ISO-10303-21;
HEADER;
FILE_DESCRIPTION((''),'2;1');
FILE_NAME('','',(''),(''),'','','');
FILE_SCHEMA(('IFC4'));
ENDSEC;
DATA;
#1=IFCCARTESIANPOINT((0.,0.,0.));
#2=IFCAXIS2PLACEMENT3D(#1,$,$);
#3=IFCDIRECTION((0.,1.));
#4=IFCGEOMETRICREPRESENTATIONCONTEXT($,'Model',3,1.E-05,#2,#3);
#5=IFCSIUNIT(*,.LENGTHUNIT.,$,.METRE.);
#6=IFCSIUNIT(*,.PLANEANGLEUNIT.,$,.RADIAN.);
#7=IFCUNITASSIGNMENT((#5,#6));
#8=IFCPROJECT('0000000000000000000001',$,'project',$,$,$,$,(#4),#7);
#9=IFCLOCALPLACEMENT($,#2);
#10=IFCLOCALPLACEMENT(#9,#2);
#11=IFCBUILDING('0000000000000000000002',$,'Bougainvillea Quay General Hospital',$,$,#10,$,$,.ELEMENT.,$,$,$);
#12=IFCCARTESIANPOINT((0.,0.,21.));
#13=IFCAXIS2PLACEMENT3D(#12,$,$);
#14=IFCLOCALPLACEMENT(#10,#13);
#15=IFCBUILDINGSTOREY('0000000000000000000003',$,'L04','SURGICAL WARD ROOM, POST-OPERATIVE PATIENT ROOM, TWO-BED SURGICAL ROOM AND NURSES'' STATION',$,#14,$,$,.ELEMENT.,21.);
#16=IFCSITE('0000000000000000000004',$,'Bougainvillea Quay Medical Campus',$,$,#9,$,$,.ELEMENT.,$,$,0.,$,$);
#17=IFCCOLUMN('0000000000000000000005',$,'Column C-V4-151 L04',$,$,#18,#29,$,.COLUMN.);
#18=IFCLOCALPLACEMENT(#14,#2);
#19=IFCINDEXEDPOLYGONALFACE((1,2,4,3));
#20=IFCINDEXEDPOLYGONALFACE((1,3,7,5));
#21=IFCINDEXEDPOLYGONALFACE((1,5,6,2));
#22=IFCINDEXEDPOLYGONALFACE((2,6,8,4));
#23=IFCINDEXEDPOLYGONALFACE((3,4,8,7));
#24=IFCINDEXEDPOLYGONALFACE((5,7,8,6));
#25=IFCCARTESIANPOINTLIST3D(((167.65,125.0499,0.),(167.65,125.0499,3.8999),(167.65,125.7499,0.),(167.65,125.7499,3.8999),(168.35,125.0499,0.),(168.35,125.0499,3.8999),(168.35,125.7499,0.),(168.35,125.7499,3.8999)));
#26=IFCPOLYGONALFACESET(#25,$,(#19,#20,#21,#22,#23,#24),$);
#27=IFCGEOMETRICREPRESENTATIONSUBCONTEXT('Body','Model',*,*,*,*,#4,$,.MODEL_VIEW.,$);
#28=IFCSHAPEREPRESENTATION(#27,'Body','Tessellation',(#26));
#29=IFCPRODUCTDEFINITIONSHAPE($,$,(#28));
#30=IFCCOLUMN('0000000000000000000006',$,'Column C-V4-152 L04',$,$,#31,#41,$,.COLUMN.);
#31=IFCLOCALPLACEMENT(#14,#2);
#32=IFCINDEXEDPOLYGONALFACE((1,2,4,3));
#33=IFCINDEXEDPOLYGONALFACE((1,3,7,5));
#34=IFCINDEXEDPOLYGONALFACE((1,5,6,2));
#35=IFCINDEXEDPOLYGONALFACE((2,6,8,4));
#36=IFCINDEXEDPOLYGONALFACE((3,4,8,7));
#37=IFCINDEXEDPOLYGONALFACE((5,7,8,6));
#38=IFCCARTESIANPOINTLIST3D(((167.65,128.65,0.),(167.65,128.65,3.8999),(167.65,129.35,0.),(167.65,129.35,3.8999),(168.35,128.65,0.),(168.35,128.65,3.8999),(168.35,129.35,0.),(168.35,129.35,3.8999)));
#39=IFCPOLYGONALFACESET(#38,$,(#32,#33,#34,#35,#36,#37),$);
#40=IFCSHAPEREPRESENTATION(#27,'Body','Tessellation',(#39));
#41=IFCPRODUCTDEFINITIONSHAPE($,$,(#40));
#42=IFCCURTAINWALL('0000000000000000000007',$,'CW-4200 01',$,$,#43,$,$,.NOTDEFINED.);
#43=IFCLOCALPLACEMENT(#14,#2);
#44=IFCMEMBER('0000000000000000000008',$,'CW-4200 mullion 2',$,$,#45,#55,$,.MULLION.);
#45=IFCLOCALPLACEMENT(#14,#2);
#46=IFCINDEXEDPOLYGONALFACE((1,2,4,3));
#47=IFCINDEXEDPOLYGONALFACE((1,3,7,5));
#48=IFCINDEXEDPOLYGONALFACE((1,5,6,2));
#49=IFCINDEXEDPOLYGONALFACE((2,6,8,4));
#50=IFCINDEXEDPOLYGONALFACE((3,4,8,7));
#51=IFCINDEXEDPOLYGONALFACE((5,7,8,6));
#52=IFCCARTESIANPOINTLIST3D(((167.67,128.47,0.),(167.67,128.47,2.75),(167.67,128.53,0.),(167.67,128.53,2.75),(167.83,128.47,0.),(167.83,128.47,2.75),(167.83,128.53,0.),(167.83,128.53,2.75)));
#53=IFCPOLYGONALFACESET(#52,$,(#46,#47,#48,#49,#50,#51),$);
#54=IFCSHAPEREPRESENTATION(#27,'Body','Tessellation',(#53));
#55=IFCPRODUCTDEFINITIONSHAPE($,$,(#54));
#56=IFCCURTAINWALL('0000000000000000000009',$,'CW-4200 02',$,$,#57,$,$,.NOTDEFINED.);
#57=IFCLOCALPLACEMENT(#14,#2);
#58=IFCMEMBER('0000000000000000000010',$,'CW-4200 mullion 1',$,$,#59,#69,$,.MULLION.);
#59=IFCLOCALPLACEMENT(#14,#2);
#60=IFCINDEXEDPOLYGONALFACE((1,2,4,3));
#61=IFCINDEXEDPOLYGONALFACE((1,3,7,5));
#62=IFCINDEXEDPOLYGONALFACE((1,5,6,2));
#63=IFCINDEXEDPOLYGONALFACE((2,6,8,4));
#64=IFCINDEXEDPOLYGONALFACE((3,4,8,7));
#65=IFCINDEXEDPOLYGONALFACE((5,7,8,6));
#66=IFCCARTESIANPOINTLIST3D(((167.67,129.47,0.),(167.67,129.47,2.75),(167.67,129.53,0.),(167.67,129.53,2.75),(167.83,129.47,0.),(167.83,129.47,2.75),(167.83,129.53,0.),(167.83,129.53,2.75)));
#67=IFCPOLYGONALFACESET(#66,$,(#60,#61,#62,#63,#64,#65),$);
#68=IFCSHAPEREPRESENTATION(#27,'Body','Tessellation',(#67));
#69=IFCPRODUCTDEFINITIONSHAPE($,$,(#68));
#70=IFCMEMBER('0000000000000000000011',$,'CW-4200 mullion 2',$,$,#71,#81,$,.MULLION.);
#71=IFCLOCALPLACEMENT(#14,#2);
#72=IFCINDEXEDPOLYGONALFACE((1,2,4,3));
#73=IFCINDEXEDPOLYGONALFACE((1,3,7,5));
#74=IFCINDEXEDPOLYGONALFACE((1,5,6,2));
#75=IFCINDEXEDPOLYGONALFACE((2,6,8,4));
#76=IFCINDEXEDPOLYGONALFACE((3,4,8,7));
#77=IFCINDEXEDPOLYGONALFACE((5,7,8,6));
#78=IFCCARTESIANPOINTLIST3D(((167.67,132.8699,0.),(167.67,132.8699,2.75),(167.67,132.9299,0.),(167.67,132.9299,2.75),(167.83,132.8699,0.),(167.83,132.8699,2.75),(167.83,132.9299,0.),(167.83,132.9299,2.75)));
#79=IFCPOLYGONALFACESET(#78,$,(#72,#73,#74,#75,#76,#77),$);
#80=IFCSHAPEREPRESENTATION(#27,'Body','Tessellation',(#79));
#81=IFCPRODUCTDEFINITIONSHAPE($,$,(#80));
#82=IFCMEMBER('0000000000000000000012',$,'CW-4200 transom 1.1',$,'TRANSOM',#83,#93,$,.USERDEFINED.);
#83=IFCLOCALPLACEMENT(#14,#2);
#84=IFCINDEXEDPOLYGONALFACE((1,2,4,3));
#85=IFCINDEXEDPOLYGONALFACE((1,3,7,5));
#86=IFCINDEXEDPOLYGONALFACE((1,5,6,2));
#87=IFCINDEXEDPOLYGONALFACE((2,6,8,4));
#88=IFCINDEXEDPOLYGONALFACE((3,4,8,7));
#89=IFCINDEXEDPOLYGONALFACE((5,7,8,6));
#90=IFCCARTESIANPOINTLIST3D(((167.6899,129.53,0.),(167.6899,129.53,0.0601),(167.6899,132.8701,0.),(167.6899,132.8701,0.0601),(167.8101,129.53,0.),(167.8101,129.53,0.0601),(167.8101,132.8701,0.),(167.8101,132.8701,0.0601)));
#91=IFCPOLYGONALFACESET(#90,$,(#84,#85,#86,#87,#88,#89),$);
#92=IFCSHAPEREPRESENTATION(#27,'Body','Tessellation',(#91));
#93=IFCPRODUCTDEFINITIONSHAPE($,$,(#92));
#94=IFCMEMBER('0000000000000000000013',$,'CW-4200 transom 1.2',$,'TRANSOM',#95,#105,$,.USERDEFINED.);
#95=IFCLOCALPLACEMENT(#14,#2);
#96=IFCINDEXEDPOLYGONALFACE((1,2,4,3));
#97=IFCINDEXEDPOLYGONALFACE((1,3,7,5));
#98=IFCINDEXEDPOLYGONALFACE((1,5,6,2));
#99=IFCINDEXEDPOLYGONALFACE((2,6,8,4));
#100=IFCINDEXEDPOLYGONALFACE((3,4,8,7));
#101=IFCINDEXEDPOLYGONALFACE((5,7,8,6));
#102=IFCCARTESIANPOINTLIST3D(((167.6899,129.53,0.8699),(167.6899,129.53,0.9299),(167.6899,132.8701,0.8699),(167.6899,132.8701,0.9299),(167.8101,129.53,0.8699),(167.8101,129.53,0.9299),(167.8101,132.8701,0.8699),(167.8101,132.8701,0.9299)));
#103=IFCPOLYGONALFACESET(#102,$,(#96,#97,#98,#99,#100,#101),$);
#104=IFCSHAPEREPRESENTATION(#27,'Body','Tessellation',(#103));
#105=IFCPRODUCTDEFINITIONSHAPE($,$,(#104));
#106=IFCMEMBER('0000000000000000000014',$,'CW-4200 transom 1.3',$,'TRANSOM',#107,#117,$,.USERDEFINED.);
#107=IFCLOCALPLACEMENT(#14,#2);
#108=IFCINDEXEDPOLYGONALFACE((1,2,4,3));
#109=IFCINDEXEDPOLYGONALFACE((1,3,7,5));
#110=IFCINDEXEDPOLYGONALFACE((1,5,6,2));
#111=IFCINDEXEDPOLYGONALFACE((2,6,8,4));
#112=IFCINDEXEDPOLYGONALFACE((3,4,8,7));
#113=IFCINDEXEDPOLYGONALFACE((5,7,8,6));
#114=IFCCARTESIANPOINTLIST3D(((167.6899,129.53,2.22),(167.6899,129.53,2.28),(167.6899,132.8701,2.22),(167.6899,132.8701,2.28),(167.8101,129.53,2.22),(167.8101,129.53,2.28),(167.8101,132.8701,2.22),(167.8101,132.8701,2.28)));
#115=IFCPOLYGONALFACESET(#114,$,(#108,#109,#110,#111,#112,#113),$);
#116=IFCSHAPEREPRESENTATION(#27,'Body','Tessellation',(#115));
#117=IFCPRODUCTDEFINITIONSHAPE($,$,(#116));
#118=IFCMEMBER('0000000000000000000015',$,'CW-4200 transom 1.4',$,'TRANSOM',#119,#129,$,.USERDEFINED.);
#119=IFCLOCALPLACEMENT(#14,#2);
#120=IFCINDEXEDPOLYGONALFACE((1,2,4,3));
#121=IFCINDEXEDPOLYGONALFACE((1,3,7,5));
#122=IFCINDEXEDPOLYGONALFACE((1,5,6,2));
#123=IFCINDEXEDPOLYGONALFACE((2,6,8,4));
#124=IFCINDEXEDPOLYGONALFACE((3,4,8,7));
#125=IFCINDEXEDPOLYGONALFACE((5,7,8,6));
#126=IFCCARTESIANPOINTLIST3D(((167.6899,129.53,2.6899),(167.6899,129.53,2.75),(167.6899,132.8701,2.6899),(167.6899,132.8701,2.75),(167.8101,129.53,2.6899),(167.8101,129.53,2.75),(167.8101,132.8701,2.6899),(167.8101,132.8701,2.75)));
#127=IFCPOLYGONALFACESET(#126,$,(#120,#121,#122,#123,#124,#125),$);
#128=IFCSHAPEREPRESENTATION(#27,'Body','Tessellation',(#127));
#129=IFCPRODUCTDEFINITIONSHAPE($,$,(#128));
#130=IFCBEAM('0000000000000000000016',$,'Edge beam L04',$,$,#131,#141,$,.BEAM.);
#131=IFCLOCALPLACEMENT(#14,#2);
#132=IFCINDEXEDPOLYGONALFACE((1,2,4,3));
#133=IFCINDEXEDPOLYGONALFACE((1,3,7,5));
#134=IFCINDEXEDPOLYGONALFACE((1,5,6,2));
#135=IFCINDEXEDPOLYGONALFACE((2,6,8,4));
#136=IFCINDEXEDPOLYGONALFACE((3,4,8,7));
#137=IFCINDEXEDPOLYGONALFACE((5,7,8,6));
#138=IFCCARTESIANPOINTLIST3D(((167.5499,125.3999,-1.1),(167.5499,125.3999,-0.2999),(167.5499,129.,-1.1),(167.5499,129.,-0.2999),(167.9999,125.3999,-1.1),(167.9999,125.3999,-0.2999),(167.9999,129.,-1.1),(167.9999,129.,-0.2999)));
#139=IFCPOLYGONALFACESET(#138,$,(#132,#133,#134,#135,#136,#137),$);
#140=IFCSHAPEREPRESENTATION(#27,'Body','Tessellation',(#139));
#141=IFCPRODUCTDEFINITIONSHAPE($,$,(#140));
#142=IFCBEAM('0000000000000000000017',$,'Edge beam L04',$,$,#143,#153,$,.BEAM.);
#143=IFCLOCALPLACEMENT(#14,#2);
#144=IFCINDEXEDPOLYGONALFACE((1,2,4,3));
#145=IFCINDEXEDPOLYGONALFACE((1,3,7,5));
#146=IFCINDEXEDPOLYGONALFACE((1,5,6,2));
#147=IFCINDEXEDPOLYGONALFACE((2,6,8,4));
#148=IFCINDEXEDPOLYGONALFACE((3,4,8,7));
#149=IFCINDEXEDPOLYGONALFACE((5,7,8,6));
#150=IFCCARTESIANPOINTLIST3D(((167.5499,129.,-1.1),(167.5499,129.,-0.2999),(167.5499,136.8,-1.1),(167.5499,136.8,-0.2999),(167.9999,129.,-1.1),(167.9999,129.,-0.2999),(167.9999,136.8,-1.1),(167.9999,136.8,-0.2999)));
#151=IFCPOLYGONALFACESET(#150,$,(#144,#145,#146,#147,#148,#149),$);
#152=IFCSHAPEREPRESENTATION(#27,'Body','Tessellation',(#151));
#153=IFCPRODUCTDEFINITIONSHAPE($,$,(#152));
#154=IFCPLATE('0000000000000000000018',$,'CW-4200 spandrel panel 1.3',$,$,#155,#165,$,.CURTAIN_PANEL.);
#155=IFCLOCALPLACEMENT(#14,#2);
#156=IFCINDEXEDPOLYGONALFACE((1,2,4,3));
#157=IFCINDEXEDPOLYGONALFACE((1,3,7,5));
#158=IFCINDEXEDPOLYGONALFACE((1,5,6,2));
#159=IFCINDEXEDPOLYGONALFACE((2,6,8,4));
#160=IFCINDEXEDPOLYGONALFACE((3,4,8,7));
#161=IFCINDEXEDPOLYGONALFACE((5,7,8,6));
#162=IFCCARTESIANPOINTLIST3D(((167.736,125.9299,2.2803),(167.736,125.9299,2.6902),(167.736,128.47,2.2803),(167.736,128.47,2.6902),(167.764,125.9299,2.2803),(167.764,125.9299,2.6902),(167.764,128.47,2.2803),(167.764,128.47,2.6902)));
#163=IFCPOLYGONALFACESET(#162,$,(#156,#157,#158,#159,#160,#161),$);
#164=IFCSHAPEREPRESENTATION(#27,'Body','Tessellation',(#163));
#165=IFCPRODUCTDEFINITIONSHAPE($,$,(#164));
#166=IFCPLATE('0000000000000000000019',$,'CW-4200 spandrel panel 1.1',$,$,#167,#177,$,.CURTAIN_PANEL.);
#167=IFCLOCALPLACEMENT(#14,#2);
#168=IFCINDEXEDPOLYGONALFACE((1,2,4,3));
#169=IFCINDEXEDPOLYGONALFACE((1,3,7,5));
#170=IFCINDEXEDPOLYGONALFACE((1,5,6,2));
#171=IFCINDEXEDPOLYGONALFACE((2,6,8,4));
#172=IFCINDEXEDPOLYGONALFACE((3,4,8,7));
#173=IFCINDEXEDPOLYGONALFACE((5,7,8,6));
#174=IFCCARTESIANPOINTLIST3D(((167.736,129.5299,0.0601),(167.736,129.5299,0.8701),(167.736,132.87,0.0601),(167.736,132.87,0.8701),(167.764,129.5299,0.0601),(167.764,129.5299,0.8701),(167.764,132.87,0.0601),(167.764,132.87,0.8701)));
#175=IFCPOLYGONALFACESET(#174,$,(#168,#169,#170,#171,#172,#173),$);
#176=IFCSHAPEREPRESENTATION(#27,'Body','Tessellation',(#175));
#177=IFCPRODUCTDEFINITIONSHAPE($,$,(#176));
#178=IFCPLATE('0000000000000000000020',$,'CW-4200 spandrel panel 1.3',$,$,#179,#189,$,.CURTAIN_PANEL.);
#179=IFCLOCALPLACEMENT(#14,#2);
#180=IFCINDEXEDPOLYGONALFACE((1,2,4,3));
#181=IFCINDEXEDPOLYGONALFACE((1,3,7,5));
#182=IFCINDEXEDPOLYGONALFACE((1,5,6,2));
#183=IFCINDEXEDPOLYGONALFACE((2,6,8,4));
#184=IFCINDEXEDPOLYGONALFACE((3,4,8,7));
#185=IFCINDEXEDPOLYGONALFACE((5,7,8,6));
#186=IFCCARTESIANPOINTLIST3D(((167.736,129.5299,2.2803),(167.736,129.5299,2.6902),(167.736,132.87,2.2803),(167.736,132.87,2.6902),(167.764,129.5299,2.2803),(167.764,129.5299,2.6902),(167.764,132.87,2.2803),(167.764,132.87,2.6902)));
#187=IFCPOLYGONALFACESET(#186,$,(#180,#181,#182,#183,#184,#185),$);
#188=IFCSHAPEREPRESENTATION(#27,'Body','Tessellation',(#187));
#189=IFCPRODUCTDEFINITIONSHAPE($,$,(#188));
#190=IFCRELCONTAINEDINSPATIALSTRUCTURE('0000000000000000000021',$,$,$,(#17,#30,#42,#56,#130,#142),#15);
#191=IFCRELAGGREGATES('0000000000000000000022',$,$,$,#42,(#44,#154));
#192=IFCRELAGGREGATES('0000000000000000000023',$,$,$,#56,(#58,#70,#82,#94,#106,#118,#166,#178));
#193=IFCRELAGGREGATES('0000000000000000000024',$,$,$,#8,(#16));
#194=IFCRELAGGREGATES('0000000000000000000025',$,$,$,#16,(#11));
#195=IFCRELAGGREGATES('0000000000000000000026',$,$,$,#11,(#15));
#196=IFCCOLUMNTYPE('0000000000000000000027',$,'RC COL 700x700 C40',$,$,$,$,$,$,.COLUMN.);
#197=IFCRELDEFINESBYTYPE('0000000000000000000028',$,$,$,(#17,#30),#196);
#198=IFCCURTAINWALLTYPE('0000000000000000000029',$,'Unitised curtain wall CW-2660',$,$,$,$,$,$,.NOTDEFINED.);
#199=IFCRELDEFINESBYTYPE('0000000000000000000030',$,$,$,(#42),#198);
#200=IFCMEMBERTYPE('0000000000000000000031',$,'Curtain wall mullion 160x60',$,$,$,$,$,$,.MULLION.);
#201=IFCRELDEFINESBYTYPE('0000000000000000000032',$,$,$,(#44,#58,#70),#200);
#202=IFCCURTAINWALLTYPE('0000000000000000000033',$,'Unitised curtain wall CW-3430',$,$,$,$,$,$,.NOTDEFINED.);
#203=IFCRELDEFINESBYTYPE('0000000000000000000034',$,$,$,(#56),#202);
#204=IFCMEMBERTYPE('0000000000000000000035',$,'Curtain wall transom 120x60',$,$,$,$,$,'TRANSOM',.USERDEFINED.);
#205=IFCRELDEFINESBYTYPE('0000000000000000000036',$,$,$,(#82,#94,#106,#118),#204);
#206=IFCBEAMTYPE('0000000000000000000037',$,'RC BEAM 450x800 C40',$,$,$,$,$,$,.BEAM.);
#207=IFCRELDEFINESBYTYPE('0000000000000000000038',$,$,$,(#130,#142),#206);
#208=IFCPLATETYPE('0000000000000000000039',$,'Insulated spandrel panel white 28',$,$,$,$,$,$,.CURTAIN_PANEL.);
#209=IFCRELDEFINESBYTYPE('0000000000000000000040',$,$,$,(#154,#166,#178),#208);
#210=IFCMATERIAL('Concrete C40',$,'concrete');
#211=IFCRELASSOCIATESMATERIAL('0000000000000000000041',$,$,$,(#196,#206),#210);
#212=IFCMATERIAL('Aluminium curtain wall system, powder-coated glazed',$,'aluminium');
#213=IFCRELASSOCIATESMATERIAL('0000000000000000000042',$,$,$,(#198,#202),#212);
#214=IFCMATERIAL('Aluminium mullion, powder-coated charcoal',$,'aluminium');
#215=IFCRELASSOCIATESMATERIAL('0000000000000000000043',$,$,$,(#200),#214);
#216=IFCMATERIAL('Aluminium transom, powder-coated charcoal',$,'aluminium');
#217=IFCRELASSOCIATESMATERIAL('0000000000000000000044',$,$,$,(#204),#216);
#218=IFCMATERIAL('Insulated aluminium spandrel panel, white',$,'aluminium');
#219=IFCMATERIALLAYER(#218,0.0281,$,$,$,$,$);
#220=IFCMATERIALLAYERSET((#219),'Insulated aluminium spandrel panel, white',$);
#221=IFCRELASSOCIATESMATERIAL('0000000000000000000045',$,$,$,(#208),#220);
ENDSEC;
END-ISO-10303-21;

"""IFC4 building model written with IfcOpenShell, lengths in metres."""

from ifc_helpers import new_model, si_unit, direction, frame, origin, origin_2d, place, context, subcontext, project, spatial, rectangle, extrude, material, layer, layer_set, material_profile, profile_set, type_object, element, aggregate, save


model = new_model("IFC4")

# Units and contexts
model_context = context("Model", 3, precision=1e-05, world=origin(), true_north=direction((0.0, 1.0)))
body_context = subcontext(model_context, "Body", "Model", "MODEL_VIEW")
ifc_project = project(units=[si_unit("LENGTHUNIT", "METRE"), si_unit("PLANEANGLEUNIT", "RADIAN")], contexts=[model_context])

# Site, building, storey
site_placement = place(None, origin())
site = spatial("IfcSite", under=ifc_project, at=site_placement, Name="Bougainvillea Quay Medical Campus", CompositionType="ELEMENT", RefElevation=0.0)
building_placement = place(site_placement, origin())
building = spatial("IfcBuilding", under=site, at=building_placement, Name="Bougainvillea Quay General Hospital", CompositionType="ELEMENT")
storey_placement = place(building_placement, frame((0.0, 0.0, 21.0)))
storey = spatial("IfcBuildingStorey", under=building, at=storey_placement, Name="L04", Description="SURGICAL WARD ROOM, POST-OPERATIVE PATIENT ROOM, TWO-BED SURGICAL ROOM AND NURSES' STATION", CompositionType="ELEMENT", Elevation=21.0)

# Columns
ifc_material_1 = material(Name="Concrete C40", Category="concrete")
ifc_material_profile_1 = material_profile(ifc_material_1, rectangle(XDim=0.7, YDim=0.7, at=origin_2d()))
ifc_profile_set_1 = profile_set([ifc_material_profile_1], Name="Concrete C40")
column_type = type_object("IfcColumnType", Name="RC COL 700x700 C40", PredefinedType="COLUMN", material=ifc_profile_set_1)
for number, where, z_axis, x_axis, name in (
    (1, (168.0, 125.3999, 0.0), (0.0, 0.0, 1.0), (1.0, 0.0, 0.0), "Column C-V4-151 L04"),
    (2, (168.0, 129.0, 0.0), (0.0, 0.0, 1.0), (1.0, 0.0, 0.0), "Column C-V4-152 L04"),
):
    element("IfcColumn", number, at=place(storey_placement, frame(where, z_axis=z_axis, x_axis=x_axis)), inside=storey, type_object=column_type, Name=name, PredefinedType="COLUMN", context=body_context, shape_type="SweptSolid", body=[
        extrude(rectangle(XDim=0.7, YDim=0.7, at=origin_2d()), origin(), (0.0, 0.0, 1.0), 3.8999),
    ])

# Curtain wall, member
ifc_material_2 = material(Name="Aluminium curtain wall system, powder-coated glazed", Category="aluminium")
curtain_wall_type_1 = type_object("IfcCurtainWallType", Name="Unitised curtain wall CW-2660", PredefinedType="NOTDEFINED", material=ifc_material_2)
curtain_wall_1_placement = place(storey_placement, origin())
curtain_wall_1 = element("IfcCurtainWall", 3, at=curtain_wall_1_placement, inside=storey, type_object=curtain_wall_type_1, Name="CW-4200 01", PredefinedType="NOTDEFINED")
ifc_material_3 = material(Name="Aluminium mullion, powder-coated charcoal", Category="aluminium")
ifc_material_profile_2 = material_profile(ifc_material_3, rectangle(XDim=0.1599, YDim=0.0601, at=origin_2d()))
ifc_profile_set_2 = profile_set([ifc_material_profile_2], Name="Aluminium mullion, powder-coated charcoal")
member_type_1 = type_object("IfcMemberType", Name="Curtain wall mullion 160x60", PredefinedType="MULLION", material=ifc_profile_set_2)
member_1_placement = place(storey_placement, frame((167.75, 128.5, 0.0), z_axis=(0.0, 0.0, 1.0), x_axis=(-1.0, 0.0, 0.0)))
member_1 = element("IfcMember", 4, at=member_1_placement, type_object=member_type_1, Name="CW-4200 mullion 2", PredefinedType="MULLION", context=body_context, shape_type="SweptSolid", body=[
    extrude(rectangle(XDim=0.1599, YDim=0.0601, at=origin_2d()), origin(), (0.0, 0.0, 1.0), 2.75),
])

# Curtain wall, members
curtain_wall_type_2 = type_object("IfcCurtainWallType", Name="Unitised curtain wall CW-3430", PredefinedType="NOTDEFINED", material=ifc_material_2)
curtain_wall_2_placement = place(storey_placement, origin())
curtain_wall_2 = element("IfcCurtainWall", 5, at=curtain_wall_2_placement, inside=storey, type_object=curtain_wall_type_2, Name="CW-4200 02", PredefinedType="NOTDEFINED")
member_2_placement = place(storey_placement, frame((167.75, 129.5, 0.0), z_axis=(0.0, 0.0, 1.0), x_axis=(-1.0, 0.0, 0.0)))
member_2 = element("IfcMember", 6, at=member_2_placement, type_object=member_type_1, Name="CW-4200 mullion 1", PredefinedType="MULLION", context=body_context, shape_type="SweptSolid", body=[
    extrude(rectangle(XDim=0.1599, YDim=0.0601, at=origin_2d()), origin(), (0.0, 0.0, 1.0), 2.75),
])
member_3_placement = place(storey_placement, frame((167.75, 132.8999, 0.0), z_axis=(0.0, 0.0, 1.0), x_axis=(-1.0, 0.0, 0.0)))
member_3 = element("IfcMember", 7, at=member_3_placement, type_object=member_type_1, Name="CW-4200 mullion 2", PredefinedType="MULLION", context=body_context, shape_type="SweptSolid", body=[
    extrude(rectangle(XDim=0.1599, YDim=0.0601, at=origin_2d()), origin(), (0.0, 0.0, 1.0), 2.75),
])
ifc_material_4 = material(Name="Aluminium transom, powder-coated charcoal", Category="aluminium")
ifc_material_profile_3 = material_profile(ifc_material_4, rectangle(XDim=0.1201, YDim=0.0601, at=origin_2d()))
ifc_profile_set_3 = profile_set([ifc_material_profile_3], Name="Aluminium transom, powder-coated charcoal")
member_type_2 = type_object("IfcMemberType", Name="Curtain wall transom 120x60", ElementType="TRANSOM", PredefinedType="USERDEFINED", material=ifc_profile_set_3)
member_4_placement = place(storey_placement, frame((167.75, 129.53, 0.03), z_axis=(0.0, 1.0, 0.0), x_axis=(-1.0, 0.0, 0.0)))
member_4 = element("IfcMember", 8, at=member_4_placement, type_object=member_type_2, Name="CW-4200 transom 1.1", ObjectType="TRANSOM", PredefinedType="USERDEFINED", context=body_context, shape_type="SweptSolid", body=[
    extrude(rectangle(XDim=0.1201, YDim=0.0601, at=origin_2d()), origin(), (0.0, 0.0, 1.0), 3.3401),
])
member_5_placement = place(storey_placement, frame((167.75, 129.53, 0.8999), z_axis=(0.0, 1.0, 0.0), x_axis=(-1.0, 0.0, 0.0)))
member_5 = element("IfcMember", 9, at=member_5_placement, type_object=member_type_2, Name="CW-4200 transom 1.2", ObjectType="TRANSOM", PredefinedType="USERDEFINED", context=body_context, shape_type="SweptSolid", body=[
    extrude(rectangle(XDim=0.1201, YDim=0.0601, at=origin_2d()), origin(), (0.0, 0.0, 1.0), 3.3401),
])
member_6_placement = place(storey_placement, frame((167.75, 129.53, 2.25), z_axis=(0.0, 1.0, 0.0), x_axis=(-1.0, 0.0, 0.0)))
member_6 = element("IfcMember", 10, at=member_6_placement, type_object=member_type_2, Name="CW-4200 transom 1.3", ObjectType="TRANSOM", PredefinedType="USERDEFINED", context=body_context, shape_type="SweptSolid", body=[
    extrude(rectangle(XDim=0.1201, YDim=0.0601, at=origin_2d()), origin(), (0.0, 0.0, 1.0), 3.3401),
])
member_7_placement = place(storey_placement, frame((167.75, 129.53, 2.72), z_axis=(0.0, 1.0, 0.0), x_axis=(-1.0, 0.0, 0.0)))
member_7 = element("IfcMember", 11, at=member_7_placement, type_object=member_type_2, Name="CW-4200 transom 1.4", ObjectType="TRANSOM", PredefinedType="USERDEFINED", context=body_context, shape_type="SweptSolid", body=[
    extrude(rectangle(XDim=0.1201, YDim=0.0601, at=origin_2d()), origin(), (0.0, 0.0, 1.0), 3.3401),
])

# Beams
ifc_material_profile_4 = material_profile(ifc_material_1, rectangle(XDim=0.45, YDim=0.8, at=origin_2d()))
ifc_profile_set_4 = profile_set([ifc_material_profile_4], Name="Concrete C40")
beam_type = type_object("IfcBeamType", Name="RC BEAM 450x800 C40", PredefinedType="BEAM", material=ifc_profile_set_4)
beam_1_placement = place(storey_placement, frame((167.7749, 125.3999, -0.7), z_axis=(0.0, 1.0, 0.0), x_axis=(-1.0, 0.0, 0.0)))
element("IfcBeam", 12, at=beam_1_placement, inside=storey, type_object=beam_type, Name="Edge beam L04", PredefinedType="BEAM", context=body_context, shape_type="SweptSolid", body=[
    extrude(rectangle(XDim=0.45, YDim=0.8, at=origin_2d()), origin(), (0.0, 0.0, 1.0), 3.6001),
])
beam_2_placement = place(storey_placement, frame((167.7749, 129.0, -0.7), z_axis=(0.0, 1.0, 0.0), x_axis=(-1.0, 0.0, 0.0)))
element("IfcBeam", 13, at=beam_2_placement, inside=storey, type_object=beam_type, Name="Edge beam L04", PredefinedType="BEAM", context=body_context, shape_type="SweptSolid", body=[
    extrude(rectangle(XDim=0.45, YDim=0.8, at=origin_2d()), origin(), (0.0, 0.0, 1.0), 7.8),
])

# Plates
ifc_material_5 = material(Name="Insulated aluminium spandrel panel, white", Category="aluminium")
ifc_layer_1 = layer(ifc_material_5, 0.0281)
ifc_layer_set_1 = layer_set([ifc_layer_1], Name="Insulated aluminium spandrel panel, white")
plate_type_1 = type_object("IfcPlateType", Name="Insulated spandrel panel white 28", PredefinedType="CURTAIN_PANEL", material=ifc_layer_set_1)
plate_1_placement = place(storey_placement, frame((167.75, 127.2, 2.2803), z_axis=(0.0, 0.0, 1.0), x_axis=(0.0, 1.0, 0.0)))
plate_1 = element("IfcPlate", 14, at=plate_1_placement, type_object=plate_type_1, Name="CW-4200 spandrel panel 1.3", PredefinedType="CURTAIN_PANEL", context=body_context, shape_type="SweptSolid", body=[
    extrude(rectangle(XDim=2.54, YDim=0.0281, at=origin_2d()), origin(), (0.0, 0.0, 1.0), 0.4099),
])
plate_2_placement = place(storey_placement, frame((167.75, 131.2, 0.0601), z_axis=(0.0, 0.0, 1.0), x_axis=(0.0, 1.0, 0.0)))
plate_2 = element("IfcPlate", 15, at=plate_2_placement, type_object=plate_type_1, Name="CW-4200 spandrel panel 1.1", PredefinedType="CURTAIN_PANEL", context=body_context, shape_type="SweptSolid", body=[
    extrude(rectangle(XDim=3.3401, YDim=0.0281, at=origin_2d()), origin(), (0.0, 0.0, 1.0), 0.8101),
])
plate_3_placement = place(storey_placement, frame((167.75, 131.2, 2.2803), z_axis=(0.0, 0.0, 1.0), x_axis=(0.0, 1.0, 0.0)))
plate_3 = element("IfcPlate", 16, at=plate_3_placement, type_object=plate_type_1, Name="CW-4200 spandrel panel 1.3", PredefinedType="CURTAIN_PANEL", context=body_context, shape_type="SweptSolid", body=[
    extrude(rectangle(XDim=3.3401, YDim=0.0281, at=origin_2d()), origin(), (0.0, 0.0, 1.0), 0.4099),
])
aggregate(curtain_wall_1, [member_1, plate_1])
aggregate(curtain_wall_2, [member_2, member_3, member_4, member_5, member_6, member_7, plate_2, plate_3])

save(model, "model.ifc")
